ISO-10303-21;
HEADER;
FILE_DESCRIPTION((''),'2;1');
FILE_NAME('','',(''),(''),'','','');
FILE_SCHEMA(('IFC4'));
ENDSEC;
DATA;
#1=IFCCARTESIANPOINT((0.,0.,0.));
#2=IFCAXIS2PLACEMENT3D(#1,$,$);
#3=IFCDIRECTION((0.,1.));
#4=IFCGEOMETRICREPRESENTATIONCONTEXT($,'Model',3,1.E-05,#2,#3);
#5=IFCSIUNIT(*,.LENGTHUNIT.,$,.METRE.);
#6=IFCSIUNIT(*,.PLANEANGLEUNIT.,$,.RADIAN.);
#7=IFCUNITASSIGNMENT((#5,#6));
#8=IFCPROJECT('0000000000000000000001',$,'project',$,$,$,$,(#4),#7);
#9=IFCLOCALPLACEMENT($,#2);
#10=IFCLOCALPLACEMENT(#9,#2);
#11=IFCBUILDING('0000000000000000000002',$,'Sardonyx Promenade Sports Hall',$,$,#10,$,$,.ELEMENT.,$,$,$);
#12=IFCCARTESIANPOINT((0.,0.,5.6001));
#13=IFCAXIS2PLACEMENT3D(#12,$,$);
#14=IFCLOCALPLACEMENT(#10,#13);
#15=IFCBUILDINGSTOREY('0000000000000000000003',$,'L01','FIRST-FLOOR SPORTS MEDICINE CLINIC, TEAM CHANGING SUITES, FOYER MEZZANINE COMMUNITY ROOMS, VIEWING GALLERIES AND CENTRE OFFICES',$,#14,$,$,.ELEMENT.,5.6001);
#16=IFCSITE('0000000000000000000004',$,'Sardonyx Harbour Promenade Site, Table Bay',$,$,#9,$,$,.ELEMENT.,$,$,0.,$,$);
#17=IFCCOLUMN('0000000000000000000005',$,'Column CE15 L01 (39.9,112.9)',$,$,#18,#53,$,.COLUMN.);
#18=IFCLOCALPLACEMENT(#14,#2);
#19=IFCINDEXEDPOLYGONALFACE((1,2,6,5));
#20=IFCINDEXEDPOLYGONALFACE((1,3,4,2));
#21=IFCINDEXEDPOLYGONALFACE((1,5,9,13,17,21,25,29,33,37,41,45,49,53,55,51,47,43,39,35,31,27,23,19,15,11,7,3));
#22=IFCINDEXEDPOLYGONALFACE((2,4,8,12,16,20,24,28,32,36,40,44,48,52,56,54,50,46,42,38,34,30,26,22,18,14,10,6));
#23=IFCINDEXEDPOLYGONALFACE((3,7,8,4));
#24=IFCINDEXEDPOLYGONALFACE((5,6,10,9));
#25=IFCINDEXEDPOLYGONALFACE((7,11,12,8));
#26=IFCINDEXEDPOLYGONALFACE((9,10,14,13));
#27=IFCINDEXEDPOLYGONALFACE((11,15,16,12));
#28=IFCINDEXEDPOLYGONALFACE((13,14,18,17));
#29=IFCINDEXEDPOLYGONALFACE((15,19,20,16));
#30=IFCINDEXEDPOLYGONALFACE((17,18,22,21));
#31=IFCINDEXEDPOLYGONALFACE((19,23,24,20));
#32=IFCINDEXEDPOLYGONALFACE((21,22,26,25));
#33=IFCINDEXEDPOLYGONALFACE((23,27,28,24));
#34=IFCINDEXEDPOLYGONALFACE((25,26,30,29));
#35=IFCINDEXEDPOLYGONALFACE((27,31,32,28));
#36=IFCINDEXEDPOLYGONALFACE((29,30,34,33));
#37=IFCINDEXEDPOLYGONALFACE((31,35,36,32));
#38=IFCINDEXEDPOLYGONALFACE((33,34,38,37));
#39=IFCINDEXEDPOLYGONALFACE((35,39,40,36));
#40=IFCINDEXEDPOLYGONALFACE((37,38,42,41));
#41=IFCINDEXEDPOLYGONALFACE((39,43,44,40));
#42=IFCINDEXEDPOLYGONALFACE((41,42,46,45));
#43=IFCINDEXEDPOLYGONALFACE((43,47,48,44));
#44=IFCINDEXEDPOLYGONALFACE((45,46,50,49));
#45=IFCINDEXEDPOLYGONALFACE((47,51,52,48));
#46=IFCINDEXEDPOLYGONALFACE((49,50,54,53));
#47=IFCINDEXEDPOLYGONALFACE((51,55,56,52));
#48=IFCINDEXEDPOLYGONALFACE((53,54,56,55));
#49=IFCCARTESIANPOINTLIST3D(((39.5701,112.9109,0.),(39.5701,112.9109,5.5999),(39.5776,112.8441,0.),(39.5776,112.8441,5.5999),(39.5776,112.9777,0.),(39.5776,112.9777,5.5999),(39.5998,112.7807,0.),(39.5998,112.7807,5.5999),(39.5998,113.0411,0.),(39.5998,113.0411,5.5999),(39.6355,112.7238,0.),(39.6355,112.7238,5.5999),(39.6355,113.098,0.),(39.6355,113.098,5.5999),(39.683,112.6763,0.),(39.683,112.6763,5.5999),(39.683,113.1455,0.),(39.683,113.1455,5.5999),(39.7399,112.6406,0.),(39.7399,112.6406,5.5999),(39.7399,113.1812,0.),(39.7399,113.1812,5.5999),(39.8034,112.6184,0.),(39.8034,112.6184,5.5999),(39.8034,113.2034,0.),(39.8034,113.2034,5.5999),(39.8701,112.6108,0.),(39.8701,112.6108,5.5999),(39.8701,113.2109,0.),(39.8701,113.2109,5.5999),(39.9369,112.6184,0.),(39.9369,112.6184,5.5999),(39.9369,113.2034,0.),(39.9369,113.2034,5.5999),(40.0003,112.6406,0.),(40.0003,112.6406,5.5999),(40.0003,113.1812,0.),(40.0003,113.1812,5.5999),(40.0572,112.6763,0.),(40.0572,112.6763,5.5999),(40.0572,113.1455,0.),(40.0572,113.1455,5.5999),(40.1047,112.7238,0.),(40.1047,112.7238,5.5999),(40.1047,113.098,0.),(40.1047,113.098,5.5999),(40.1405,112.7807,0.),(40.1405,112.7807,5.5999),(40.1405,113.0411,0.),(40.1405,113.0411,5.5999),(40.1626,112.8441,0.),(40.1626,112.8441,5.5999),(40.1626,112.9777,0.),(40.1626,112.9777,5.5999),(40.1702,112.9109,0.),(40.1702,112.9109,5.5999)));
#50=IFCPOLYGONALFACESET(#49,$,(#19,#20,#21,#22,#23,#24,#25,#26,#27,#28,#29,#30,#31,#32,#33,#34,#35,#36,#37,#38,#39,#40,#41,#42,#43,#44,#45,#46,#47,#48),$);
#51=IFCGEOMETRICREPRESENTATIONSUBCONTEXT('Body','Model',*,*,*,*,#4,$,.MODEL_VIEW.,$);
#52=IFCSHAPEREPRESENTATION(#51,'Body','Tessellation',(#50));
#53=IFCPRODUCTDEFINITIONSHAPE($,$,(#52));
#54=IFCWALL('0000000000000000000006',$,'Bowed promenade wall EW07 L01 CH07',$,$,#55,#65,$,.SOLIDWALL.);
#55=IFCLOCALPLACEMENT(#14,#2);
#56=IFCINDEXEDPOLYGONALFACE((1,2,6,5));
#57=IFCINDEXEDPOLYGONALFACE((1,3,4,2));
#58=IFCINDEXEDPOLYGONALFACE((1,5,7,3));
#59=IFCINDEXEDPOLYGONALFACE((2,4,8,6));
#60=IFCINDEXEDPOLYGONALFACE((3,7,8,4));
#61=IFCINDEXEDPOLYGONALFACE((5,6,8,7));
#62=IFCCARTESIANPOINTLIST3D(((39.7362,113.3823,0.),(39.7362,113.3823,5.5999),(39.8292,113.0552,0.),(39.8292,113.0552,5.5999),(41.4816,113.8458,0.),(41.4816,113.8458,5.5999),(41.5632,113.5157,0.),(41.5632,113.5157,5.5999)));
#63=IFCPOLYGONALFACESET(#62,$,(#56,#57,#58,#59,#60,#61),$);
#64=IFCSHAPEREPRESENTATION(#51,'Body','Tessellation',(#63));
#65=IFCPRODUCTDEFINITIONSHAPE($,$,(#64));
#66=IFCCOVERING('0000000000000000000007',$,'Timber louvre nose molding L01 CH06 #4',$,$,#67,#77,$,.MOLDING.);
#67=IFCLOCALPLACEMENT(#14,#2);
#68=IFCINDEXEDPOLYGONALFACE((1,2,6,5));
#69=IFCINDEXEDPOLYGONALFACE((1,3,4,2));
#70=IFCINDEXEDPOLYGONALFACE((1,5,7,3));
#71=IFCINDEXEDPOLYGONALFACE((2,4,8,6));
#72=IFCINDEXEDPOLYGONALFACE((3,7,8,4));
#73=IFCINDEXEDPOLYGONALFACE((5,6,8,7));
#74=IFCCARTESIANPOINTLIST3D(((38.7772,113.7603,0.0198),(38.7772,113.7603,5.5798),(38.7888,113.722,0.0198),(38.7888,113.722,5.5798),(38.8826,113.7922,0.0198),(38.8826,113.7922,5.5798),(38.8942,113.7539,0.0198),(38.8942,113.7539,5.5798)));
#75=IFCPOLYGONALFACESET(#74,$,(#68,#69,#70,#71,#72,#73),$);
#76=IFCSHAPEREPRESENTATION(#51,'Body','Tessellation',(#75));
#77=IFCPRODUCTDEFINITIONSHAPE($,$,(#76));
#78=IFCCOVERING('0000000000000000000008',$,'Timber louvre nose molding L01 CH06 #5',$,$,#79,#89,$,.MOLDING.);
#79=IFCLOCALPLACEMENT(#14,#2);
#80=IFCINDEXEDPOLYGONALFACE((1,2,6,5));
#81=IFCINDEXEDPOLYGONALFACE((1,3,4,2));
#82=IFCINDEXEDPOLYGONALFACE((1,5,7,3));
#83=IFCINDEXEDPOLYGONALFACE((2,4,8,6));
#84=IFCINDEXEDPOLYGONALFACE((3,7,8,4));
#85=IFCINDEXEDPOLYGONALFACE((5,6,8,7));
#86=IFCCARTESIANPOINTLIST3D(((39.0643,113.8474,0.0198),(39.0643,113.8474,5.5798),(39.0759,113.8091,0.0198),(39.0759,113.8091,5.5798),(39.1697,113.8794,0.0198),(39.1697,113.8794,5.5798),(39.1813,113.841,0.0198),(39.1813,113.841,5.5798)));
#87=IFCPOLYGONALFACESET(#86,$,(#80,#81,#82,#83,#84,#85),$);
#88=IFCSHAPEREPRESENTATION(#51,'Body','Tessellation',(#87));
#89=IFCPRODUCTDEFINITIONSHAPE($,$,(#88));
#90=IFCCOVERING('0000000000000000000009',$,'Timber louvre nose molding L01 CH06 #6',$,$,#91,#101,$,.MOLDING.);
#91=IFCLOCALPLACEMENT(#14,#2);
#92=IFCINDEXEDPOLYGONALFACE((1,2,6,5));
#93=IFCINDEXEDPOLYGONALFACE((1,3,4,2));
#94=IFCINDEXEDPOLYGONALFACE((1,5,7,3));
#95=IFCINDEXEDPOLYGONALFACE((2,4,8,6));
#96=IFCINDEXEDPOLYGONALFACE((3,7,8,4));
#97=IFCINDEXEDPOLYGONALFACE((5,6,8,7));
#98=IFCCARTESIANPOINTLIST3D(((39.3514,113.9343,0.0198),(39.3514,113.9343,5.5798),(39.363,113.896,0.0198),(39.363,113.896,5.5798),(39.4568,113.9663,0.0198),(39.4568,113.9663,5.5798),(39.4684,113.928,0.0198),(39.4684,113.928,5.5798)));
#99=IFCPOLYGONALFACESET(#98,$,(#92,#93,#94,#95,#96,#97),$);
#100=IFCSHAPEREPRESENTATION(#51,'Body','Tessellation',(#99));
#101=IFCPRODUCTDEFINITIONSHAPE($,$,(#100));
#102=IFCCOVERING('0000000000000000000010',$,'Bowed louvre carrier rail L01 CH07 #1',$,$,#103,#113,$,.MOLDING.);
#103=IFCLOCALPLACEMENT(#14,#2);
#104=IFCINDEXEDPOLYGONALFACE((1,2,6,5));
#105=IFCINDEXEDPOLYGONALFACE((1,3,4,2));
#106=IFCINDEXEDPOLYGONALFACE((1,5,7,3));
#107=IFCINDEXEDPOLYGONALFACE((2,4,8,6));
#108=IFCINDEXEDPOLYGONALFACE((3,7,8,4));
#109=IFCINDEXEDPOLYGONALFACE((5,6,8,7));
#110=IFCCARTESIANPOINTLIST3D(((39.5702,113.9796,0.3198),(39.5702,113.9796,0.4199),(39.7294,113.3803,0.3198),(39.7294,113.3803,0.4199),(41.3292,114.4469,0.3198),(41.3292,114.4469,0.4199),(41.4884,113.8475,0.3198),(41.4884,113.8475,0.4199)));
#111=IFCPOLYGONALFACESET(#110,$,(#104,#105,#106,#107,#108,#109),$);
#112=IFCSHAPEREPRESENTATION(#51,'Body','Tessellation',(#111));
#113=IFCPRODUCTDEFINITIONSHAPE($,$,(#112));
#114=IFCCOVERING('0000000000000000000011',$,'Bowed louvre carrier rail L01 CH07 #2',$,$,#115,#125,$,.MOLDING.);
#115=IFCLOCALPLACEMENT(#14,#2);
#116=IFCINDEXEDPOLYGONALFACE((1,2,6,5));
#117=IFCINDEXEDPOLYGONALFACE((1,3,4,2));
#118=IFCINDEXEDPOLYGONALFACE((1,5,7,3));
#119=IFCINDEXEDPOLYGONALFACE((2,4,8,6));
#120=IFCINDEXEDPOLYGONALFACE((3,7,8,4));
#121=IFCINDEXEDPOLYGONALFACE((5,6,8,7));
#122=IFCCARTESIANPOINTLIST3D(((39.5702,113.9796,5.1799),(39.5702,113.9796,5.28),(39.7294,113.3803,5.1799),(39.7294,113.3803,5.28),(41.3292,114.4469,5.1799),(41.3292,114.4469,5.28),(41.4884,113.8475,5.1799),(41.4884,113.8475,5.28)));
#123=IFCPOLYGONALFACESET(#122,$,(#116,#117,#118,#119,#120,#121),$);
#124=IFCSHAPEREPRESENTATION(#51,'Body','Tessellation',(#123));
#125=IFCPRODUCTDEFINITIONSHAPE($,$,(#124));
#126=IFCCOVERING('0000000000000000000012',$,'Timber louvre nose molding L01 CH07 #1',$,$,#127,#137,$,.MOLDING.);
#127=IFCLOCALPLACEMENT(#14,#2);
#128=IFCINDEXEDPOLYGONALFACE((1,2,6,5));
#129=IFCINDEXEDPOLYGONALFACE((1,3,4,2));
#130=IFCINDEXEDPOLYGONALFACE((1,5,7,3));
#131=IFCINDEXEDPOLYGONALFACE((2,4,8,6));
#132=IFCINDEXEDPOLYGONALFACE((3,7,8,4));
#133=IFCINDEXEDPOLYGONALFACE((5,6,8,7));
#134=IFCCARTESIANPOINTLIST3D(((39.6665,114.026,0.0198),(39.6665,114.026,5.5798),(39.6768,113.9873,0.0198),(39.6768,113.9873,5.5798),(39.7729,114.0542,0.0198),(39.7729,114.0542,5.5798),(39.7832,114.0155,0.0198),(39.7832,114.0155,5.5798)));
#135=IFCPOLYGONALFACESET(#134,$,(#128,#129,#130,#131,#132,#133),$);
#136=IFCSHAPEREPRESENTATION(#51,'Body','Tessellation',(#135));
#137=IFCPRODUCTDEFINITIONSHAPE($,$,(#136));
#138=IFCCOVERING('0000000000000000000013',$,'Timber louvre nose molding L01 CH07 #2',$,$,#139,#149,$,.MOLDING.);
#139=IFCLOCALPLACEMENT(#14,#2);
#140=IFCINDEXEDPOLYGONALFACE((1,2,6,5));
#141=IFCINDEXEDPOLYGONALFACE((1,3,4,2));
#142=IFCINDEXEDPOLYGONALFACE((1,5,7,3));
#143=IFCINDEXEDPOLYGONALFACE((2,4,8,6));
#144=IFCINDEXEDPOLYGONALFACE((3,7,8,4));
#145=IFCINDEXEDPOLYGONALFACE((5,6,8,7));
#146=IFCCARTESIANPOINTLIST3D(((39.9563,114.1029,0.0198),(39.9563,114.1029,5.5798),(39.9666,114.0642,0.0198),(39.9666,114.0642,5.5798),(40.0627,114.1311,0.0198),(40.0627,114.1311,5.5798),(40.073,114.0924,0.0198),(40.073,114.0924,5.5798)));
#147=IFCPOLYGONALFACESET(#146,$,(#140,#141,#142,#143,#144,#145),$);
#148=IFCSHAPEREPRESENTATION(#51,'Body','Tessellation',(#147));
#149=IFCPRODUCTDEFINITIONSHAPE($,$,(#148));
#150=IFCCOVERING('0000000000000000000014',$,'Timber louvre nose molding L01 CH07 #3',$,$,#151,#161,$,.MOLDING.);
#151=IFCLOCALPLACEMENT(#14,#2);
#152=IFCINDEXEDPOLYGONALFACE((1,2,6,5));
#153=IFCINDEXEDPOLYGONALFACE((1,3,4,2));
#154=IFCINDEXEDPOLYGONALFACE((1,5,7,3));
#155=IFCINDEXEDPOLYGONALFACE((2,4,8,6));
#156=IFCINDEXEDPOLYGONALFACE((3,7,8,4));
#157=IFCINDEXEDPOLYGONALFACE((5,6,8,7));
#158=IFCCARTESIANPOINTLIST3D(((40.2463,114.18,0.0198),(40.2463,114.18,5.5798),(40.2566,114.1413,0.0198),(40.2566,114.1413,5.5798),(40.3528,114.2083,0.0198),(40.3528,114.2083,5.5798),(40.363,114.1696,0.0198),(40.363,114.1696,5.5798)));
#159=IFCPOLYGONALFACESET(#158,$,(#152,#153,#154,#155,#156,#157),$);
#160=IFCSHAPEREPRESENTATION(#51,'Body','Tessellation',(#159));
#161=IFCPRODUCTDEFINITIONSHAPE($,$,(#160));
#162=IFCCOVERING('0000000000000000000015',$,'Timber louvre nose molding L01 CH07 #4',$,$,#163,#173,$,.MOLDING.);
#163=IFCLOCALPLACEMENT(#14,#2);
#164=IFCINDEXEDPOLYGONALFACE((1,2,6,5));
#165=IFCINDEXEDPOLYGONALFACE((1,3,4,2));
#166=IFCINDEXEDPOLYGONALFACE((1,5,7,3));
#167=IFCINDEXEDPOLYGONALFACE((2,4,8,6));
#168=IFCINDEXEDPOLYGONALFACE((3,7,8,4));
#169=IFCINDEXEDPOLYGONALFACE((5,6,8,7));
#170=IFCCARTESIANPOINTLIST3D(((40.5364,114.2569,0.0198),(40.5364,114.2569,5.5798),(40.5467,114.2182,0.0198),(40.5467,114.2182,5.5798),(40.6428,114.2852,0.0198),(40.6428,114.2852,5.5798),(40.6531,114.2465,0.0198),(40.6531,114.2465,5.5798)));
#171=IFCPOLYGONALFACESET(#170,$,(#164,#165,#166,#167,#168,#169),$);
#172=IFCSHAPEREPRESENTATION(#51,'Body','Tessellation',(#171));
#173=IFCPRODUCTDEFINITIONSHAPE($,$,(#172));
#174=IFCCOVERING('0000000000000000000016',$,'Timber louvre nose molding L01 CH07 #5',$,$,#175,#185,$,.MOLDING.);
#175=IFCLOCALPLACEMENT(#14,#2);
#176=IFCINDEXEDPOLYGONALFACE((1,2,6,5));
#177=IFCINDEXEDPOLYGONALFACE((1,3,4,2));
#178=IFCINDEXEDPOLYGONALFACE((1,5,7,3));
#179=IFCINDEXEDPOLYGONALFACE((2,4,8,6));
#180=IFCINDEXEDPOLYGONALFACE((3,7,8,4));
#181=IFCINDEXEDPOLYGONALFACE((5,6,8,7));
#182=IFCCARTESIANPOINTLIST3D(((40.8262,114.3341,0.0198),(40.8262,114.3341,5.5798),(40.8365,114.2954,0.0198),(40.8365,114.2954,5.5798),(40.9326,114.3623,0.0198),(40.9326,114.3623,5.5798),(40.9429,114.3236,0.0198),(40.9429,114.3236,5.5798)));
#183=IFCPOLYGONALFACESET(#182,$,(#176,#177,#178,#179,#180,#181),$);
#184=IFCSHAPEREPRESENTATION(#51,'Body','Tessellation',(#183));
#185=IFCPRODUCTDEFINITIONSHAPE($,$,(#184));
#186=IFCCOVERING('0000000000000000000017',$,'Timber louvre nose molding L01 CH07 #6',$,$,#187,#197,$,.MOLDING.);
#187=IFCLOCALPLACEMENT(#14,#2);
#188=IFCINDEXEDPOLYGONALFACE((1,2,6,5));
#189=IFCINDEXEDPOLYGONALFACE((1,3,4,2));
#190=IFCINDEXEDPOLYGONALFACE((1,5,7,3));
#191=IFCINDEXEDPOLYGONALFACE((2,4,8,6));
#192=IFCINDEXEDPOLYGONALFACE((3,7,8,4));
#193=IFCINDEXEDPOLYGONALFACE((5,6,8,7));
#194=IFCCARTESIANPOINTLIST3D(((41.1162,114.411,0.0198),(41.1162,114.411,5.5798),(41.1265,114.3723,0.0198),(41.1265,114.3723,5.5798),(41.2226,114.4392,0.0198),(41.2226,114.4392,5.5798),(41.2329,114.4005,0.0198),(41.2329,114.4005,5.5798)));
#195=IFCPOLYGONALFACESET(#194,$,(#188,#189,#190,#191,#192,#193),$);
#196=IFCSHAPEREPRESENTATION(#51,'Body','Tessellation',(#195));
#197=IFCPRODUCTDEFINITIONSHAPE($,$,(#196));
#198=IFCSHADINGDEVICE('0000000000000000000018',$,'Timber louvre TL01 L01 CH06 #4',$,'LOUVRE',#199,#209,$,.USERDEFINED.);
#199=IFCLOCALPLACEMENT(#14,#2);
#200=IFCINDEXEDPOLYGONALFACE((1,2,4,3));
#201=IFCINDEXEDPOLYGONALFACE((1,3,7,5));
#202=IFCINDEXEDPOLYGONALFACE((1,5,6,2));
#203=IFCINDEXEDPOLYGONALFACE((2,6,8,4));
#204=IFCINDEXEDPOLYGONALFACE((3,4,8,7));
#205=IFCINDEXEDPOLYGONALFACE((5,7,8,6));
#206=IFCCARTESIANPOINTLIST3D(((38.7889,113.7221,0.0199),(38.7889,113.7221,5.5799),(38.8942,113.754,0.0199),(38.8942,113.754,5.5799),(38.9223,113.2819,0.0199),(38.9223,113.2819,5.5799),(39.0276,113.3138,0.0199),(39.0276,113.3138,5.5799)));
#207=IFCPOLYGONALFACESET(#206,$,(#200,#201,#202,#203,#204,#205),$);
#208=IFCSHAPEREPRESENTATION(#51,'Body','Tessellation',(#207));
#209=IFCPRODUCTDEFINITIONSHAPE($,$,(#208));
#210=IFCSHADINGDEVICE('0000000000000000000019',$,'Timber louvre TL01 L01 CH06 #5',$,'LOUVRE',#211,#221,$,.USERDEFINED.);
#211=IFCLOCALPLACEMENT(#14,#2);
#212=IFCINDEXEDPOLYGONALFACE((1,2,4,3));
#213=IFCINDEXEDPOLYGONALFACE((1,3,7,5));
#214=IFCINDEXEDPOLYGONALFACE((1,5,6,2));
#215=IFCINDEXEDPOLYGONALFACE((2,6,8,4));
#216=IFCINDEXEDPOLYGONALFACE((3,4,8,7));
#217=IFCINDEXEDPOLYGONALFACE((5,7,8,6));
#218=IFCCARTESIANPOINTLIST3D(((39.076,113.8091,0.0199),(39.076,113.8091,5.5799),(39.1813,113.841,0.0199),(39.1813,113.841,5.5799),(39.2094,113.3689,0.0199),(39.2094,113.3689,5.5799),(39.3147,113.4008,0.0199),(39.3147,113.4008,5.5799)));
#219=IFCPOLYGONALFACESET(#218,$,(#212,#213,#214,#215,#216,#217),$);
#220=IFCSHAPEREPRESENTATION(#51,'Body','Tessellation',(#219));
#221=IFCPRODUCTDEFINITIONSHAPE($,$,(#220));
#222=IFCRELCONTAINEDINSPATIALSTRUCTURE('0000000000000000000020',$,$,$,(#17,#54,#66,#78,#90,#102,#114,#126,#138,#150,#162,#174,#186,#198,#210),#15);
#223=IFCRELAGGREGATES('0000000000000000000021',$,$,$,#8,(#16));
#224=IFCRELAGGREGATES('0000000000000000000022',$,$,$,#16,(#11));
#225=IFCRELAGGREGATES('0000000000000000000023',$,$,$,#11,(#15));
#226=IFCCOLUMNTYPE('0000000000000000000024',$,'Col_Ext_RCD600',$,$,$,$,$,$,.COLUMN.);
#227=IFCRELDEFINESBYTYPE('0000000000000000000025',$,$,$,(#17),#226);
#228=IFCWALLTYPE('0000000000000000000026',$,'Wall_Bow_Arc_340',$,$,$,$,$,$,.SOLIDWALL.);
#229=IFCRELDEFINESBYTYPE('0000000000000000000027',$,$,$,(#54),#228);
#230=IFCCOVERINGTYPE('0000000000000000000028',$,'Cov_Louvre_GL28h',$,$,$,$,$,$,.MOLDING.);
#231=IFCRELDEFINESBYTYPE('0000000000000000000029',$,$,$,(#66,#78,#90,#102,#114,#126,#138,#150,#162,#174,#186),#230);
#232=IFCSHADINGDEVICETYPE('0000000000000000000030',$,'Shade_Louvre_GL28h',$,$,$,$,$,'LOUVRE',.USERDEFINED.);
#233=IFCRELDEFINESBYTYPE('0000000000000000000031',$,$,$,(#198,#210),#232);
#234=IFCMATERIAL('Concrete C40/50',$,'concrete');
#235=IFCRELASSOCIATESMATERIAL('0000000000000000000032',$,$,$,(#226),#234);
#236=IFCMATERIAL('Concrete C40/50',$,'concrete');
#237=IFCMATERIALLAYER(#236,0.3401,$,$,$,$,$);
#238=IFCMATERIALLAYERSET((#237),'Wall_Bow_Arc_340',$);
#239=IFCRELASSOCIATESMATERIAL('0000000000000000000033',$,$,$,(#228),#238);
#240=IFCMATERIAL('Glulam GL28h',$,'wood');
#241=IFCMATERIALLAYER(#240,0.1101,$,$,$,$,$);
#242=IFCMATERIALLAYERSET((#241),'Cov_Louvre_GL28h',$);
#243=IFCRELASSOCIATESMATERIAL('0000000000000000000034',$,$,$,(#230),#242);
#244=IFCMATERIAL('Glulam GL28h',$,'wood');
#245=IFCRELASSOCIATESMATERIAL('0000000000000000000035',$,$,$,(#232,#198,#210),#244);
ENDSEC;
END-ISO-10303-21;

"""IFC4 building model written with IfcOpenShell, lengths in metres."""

from ifc_helpers import new_model, si_unit, direction, frame, origin, origin_2d, place, context, subcontext, project, spatial, polyline, rectangle, circle, outline, extrude, material, layer, layer_set, material_profile, profile_set, type_object, element, save


model = new_model("IFC4")

# Units and contexts
model_context = context("Model", 3, precision=1e-05, world=origin(), true_north=direction((0.0, 1.0)))
body_context = subcontext(model_context, "Body", "Model", "MODEL_VIEW")
ifc_project = project(units=[si_unit("LENGTHUNIT", "METRE"), si_unit("PLANEANGLEUNIT", "RADIAN")], contexts=[model_context])

# Site, building, storey
site_placement = place(None, origin())
site = spatial("IfcSite", under=ifc_project, at=site_placement, Name="Sardonyx Harbour Promenade Site, Table Bay", CompositionType="ELEMENT", RefElevation=0.0)
building_placement = place(site_placement, origin())
building = spatial("IfcBuilding", under=site, at=building_placement, Name="Sardonyx Promenade Sports Hall", CompositionType="ELEMENT")
storey_placement = place(building_placement, frame((0.0, 0.0, 5.6001)))
storey = spatial("IfcBuildingStorey", under=building, at=storey_placement, Name="L01", Description="FIRST-FLOOR SPORTS MEDICINE CLINIC, TEAM CHANGING SUITES, FOYER MEZZANINE COMMUNITY ROOMS, VIEWING GALLERIES AND CENTRE OFFICES", CompositionType="ELEMENT", Elevation=5.6001)

# Column
ifc_material_1 = material(Name="Concrete C40/50", Category="concrete")
ifc_material_profile = material_profile(ifc_material_1, circle(Radius=0.3, at=origin_2d()))
ifc_profile_set = profile_set([ifc_material_profile], Name="Concrete C40/50")
column_type = type_object("IfcColumnType", Name="Col_Ext_RCD600", PredefinedType="COLUMN", material=ifc_profile_set)
column_placement = place(storey_placement, frame((39.8701, 112.9109, 0.0), z_axis=(0.0, 0.0, 1.0), x_axis=(1.0, 0.0, 0.0)))
element("IfcColumn", 1, at=column_placement, inside=storey, type_object=column_type, Name="Column CE15 L01 (39.9,112.9)", PredefinedType="COLUMN", context=body_context, shape_type="SweptSolid", body=[
    extrude(circle(Radius=0.3, at=origin_2d()), origin(), (0.0, 0.0, 1.0), 5.5999),
])

# Wall
ifc_material_2 = material(Name="Concrete C40/50", Category="concrete")
ifc_layer_1 = layer(ifc_material_2, 0.3401)
ifc_layer_set_1 = layer_set([ifc_layer_1], Name="Wall_Bow_Arc_340")
wall_type = type_object("IfcWallType", Name="Wall_Bow_Arc_340", PredefinedType="SOLIDWALL", material=ifc_layer_set_1)
wall_placement = place(storey_placement, frame((39.7827, 113.2188, 0.0), z_axis=(0.0, 0.0, 1.0), x_axis=(0.966505, 0.256649, 0.0)))
element("IfcWall", 2, at=wall_placement, inside=storey, type_object=wall_type, Name="Bowed promenade wall EW07 L01 CH07", PredefinedType="SOLIDWALL", context=body_context, shape_type="SweptSolid", body=[
    extrude(outline(polyline([(0.0029, -0.17), (1.7971, -0.17), (1.8029, 0.17), (-0.0029, 0.17), (0.0029, -0.17)])), origin(), (0.0, 0.0, 1.0), 5.5999),
])

# Coverings
ifc_material_3 = material(Name="Glulam GL28h", Category="wood")
ifc_layer_2 = layer(ifc_material_3, 0.1101)
ifc_layer_set_2 = layer_set([ifc_layer_2], Name="Cov_Louvre_GL28h")
covering_type = type_object("IfcCoveringType", Name="Cov_Louvre_GL28h", PredefinedType="MOLDING", material=ifc_layer_set_2)
for number, where, z_axis, x_axis, name in (
    (3, (38.8357, 113.7571, 0.0198), (0.0, 0.0, 1.0), (0.957021, 0.290017, 0.0), "Timber louvre nose molding L01 CH06 #4"),
    (4, (39.1228, 113.8442, 0.0198), (0.0, 0.0, 1.0), (0.957021, 0.290017, 0.0), "Timber louvre nose molding L01 CH06 #5"),
    (5, (39.4099, 113.9312, 0.0198), (0.0, 0.0, 1.0), (0.957021, 0.290017, 0.0), "Timber louvre nose molding L01 CH06 #6"),
):
    element("IfcCovering", number, at=place(storey_placement, frame(where, z_axis=z_axis, x_axis=x_axis)), inside=storey, type_object=covering_type, Name=name, PredefinedType="MOLDING", context=body_context, shape_type="SweptSolid", body=[
        extrude(rectangle(XDim=0.1101, YDim=0.04, at=origin_2d()), origin(), (0.0, 0.0, 1.0), 5.5601),
    ])
for number, where, z_axis, x_axis, name in (
    (6, (40.5293, 113.9136, 0.3198), (0.0, 0.0, 1.0), (0.966485, 0.256721, 0.0), "Bowed louvre carrier rail L01 CH07 #1"),
    (7, (40.5293, 113.9136, 5.1799), (0.0, 0.0, 1.0), (0.966485, 0.256721, 0.0), "Bowed louvre carrier rail L01 CH07 #2"),
):
    element("IfcCovering", number, at=place(storey_placement, frame(where, z_axis=z_axis, x_axis=x_axis)), inside=storey, type_object=covering_type, Name=name, PredefinedType="MOLDING", context=body_context, shape_type="SweptSolid", body=[
        extrude(rectangle(XDim=1.8201, YDim=0.6201, at=origin_2d()), origin(), (0.0, 0.0, 1.0), 0.1001),
    ])
for number, where, z_axis, x_axis, name in (
    (8, (39.7249, 114.0208, 0.0198), (0.0, 0.0, 1.0), (0.966485, 0.256721, 0.0), "Timber louvre nose molding L01 CH07 #1"),
    (9, (40.0146, 114.0977, 0.0198), (0.0, 0.0, 1.0), (0.966485, 0.256721, 0.0), "Timber louvre nose molding L01 CH07 #2"),
    (10, (40.3047, 114.1748, 0.0198), (0.0, 0.0, 1.0), (0.966485, 0.256721, 0.0), "Timber louvre nose molding L01 CH07 #3"),
    (11, (40.5947, 114.2517, 0.0198), (0.0, 0.0, 1.0), (0.966485, 0.256721, 0.0), "Timber louvre nose molding L01 CH07 #4"),
    (12, (40.8845, 114.3289, 0.0198), (0.0, 0.0, 1.0), (0.966485, 0.256721, 0.0), "Timber louvre nose molding L01 CH07 #5"),
    (13, (41.1746, 114.4058, 0.0198), (0.0, 0.0, 1.0), (0.966485, 0.256721, 0.0), "Timber louvre nose molding L01 CH07 #6"),
):
    element("IfcCovering", number, at=place(storey_placement, frame(where, z_axis=z_axis, x_axis=x_axis)), inside=storey, type_object=covering_type, Name=name, PredefinedType="MOLDING", context=body_context, shape_type="SweptSolid", body=[
        extrude(rectangle(XDim=0.1101, YDim=0.04, at=origin_2d()), origin(), (0.0, 0.0, 1.0), 5.5601),
    ])

# Shading devices
ifc_material_4 = material(Name="Glulam GL28h", Category="wood")
shading_device_type = type_object("IfcShadingDeviceType", Name="Shade_Louvre_GL28h", ElementType="LOUVRE", PredefinedType="USERDEFINED", material=ifc_material_4)
for number, where, z_axis, x_axis, name in (
    (14, (38.9083, 113.5179, 0.0199), (0.0, 0.0, 1.0), (0.957021, 0.290017, 0.0), "Timber louvre TL01 L01 CH06 #4"),
    (15, (39.1954, 113.605, 0.0199), (0.0, 0.0, 1.0), (0.957021, 0.290017, 0.0), "Timber louvre TL01 L01 CH06 #5"),
):
    element("IfcShadingDevice", number, at=place(storey_placement, frame(where, z_axis=z_axis, x_axis=x_axis)), inside=storey, type_object=shading_device_type, material=ifc_material_4, Name=name, ObjectType="LOUVRE", PredefinedType="USERDEFINED", context=body_context, shape_type="SweptSolid", body=[
        extrude(rectangle(XDim=0.11, YDim=0.46), origin(), (0.0, 0.0, 1.0), 5.56),
    ])

save(model, "model.ifc")
